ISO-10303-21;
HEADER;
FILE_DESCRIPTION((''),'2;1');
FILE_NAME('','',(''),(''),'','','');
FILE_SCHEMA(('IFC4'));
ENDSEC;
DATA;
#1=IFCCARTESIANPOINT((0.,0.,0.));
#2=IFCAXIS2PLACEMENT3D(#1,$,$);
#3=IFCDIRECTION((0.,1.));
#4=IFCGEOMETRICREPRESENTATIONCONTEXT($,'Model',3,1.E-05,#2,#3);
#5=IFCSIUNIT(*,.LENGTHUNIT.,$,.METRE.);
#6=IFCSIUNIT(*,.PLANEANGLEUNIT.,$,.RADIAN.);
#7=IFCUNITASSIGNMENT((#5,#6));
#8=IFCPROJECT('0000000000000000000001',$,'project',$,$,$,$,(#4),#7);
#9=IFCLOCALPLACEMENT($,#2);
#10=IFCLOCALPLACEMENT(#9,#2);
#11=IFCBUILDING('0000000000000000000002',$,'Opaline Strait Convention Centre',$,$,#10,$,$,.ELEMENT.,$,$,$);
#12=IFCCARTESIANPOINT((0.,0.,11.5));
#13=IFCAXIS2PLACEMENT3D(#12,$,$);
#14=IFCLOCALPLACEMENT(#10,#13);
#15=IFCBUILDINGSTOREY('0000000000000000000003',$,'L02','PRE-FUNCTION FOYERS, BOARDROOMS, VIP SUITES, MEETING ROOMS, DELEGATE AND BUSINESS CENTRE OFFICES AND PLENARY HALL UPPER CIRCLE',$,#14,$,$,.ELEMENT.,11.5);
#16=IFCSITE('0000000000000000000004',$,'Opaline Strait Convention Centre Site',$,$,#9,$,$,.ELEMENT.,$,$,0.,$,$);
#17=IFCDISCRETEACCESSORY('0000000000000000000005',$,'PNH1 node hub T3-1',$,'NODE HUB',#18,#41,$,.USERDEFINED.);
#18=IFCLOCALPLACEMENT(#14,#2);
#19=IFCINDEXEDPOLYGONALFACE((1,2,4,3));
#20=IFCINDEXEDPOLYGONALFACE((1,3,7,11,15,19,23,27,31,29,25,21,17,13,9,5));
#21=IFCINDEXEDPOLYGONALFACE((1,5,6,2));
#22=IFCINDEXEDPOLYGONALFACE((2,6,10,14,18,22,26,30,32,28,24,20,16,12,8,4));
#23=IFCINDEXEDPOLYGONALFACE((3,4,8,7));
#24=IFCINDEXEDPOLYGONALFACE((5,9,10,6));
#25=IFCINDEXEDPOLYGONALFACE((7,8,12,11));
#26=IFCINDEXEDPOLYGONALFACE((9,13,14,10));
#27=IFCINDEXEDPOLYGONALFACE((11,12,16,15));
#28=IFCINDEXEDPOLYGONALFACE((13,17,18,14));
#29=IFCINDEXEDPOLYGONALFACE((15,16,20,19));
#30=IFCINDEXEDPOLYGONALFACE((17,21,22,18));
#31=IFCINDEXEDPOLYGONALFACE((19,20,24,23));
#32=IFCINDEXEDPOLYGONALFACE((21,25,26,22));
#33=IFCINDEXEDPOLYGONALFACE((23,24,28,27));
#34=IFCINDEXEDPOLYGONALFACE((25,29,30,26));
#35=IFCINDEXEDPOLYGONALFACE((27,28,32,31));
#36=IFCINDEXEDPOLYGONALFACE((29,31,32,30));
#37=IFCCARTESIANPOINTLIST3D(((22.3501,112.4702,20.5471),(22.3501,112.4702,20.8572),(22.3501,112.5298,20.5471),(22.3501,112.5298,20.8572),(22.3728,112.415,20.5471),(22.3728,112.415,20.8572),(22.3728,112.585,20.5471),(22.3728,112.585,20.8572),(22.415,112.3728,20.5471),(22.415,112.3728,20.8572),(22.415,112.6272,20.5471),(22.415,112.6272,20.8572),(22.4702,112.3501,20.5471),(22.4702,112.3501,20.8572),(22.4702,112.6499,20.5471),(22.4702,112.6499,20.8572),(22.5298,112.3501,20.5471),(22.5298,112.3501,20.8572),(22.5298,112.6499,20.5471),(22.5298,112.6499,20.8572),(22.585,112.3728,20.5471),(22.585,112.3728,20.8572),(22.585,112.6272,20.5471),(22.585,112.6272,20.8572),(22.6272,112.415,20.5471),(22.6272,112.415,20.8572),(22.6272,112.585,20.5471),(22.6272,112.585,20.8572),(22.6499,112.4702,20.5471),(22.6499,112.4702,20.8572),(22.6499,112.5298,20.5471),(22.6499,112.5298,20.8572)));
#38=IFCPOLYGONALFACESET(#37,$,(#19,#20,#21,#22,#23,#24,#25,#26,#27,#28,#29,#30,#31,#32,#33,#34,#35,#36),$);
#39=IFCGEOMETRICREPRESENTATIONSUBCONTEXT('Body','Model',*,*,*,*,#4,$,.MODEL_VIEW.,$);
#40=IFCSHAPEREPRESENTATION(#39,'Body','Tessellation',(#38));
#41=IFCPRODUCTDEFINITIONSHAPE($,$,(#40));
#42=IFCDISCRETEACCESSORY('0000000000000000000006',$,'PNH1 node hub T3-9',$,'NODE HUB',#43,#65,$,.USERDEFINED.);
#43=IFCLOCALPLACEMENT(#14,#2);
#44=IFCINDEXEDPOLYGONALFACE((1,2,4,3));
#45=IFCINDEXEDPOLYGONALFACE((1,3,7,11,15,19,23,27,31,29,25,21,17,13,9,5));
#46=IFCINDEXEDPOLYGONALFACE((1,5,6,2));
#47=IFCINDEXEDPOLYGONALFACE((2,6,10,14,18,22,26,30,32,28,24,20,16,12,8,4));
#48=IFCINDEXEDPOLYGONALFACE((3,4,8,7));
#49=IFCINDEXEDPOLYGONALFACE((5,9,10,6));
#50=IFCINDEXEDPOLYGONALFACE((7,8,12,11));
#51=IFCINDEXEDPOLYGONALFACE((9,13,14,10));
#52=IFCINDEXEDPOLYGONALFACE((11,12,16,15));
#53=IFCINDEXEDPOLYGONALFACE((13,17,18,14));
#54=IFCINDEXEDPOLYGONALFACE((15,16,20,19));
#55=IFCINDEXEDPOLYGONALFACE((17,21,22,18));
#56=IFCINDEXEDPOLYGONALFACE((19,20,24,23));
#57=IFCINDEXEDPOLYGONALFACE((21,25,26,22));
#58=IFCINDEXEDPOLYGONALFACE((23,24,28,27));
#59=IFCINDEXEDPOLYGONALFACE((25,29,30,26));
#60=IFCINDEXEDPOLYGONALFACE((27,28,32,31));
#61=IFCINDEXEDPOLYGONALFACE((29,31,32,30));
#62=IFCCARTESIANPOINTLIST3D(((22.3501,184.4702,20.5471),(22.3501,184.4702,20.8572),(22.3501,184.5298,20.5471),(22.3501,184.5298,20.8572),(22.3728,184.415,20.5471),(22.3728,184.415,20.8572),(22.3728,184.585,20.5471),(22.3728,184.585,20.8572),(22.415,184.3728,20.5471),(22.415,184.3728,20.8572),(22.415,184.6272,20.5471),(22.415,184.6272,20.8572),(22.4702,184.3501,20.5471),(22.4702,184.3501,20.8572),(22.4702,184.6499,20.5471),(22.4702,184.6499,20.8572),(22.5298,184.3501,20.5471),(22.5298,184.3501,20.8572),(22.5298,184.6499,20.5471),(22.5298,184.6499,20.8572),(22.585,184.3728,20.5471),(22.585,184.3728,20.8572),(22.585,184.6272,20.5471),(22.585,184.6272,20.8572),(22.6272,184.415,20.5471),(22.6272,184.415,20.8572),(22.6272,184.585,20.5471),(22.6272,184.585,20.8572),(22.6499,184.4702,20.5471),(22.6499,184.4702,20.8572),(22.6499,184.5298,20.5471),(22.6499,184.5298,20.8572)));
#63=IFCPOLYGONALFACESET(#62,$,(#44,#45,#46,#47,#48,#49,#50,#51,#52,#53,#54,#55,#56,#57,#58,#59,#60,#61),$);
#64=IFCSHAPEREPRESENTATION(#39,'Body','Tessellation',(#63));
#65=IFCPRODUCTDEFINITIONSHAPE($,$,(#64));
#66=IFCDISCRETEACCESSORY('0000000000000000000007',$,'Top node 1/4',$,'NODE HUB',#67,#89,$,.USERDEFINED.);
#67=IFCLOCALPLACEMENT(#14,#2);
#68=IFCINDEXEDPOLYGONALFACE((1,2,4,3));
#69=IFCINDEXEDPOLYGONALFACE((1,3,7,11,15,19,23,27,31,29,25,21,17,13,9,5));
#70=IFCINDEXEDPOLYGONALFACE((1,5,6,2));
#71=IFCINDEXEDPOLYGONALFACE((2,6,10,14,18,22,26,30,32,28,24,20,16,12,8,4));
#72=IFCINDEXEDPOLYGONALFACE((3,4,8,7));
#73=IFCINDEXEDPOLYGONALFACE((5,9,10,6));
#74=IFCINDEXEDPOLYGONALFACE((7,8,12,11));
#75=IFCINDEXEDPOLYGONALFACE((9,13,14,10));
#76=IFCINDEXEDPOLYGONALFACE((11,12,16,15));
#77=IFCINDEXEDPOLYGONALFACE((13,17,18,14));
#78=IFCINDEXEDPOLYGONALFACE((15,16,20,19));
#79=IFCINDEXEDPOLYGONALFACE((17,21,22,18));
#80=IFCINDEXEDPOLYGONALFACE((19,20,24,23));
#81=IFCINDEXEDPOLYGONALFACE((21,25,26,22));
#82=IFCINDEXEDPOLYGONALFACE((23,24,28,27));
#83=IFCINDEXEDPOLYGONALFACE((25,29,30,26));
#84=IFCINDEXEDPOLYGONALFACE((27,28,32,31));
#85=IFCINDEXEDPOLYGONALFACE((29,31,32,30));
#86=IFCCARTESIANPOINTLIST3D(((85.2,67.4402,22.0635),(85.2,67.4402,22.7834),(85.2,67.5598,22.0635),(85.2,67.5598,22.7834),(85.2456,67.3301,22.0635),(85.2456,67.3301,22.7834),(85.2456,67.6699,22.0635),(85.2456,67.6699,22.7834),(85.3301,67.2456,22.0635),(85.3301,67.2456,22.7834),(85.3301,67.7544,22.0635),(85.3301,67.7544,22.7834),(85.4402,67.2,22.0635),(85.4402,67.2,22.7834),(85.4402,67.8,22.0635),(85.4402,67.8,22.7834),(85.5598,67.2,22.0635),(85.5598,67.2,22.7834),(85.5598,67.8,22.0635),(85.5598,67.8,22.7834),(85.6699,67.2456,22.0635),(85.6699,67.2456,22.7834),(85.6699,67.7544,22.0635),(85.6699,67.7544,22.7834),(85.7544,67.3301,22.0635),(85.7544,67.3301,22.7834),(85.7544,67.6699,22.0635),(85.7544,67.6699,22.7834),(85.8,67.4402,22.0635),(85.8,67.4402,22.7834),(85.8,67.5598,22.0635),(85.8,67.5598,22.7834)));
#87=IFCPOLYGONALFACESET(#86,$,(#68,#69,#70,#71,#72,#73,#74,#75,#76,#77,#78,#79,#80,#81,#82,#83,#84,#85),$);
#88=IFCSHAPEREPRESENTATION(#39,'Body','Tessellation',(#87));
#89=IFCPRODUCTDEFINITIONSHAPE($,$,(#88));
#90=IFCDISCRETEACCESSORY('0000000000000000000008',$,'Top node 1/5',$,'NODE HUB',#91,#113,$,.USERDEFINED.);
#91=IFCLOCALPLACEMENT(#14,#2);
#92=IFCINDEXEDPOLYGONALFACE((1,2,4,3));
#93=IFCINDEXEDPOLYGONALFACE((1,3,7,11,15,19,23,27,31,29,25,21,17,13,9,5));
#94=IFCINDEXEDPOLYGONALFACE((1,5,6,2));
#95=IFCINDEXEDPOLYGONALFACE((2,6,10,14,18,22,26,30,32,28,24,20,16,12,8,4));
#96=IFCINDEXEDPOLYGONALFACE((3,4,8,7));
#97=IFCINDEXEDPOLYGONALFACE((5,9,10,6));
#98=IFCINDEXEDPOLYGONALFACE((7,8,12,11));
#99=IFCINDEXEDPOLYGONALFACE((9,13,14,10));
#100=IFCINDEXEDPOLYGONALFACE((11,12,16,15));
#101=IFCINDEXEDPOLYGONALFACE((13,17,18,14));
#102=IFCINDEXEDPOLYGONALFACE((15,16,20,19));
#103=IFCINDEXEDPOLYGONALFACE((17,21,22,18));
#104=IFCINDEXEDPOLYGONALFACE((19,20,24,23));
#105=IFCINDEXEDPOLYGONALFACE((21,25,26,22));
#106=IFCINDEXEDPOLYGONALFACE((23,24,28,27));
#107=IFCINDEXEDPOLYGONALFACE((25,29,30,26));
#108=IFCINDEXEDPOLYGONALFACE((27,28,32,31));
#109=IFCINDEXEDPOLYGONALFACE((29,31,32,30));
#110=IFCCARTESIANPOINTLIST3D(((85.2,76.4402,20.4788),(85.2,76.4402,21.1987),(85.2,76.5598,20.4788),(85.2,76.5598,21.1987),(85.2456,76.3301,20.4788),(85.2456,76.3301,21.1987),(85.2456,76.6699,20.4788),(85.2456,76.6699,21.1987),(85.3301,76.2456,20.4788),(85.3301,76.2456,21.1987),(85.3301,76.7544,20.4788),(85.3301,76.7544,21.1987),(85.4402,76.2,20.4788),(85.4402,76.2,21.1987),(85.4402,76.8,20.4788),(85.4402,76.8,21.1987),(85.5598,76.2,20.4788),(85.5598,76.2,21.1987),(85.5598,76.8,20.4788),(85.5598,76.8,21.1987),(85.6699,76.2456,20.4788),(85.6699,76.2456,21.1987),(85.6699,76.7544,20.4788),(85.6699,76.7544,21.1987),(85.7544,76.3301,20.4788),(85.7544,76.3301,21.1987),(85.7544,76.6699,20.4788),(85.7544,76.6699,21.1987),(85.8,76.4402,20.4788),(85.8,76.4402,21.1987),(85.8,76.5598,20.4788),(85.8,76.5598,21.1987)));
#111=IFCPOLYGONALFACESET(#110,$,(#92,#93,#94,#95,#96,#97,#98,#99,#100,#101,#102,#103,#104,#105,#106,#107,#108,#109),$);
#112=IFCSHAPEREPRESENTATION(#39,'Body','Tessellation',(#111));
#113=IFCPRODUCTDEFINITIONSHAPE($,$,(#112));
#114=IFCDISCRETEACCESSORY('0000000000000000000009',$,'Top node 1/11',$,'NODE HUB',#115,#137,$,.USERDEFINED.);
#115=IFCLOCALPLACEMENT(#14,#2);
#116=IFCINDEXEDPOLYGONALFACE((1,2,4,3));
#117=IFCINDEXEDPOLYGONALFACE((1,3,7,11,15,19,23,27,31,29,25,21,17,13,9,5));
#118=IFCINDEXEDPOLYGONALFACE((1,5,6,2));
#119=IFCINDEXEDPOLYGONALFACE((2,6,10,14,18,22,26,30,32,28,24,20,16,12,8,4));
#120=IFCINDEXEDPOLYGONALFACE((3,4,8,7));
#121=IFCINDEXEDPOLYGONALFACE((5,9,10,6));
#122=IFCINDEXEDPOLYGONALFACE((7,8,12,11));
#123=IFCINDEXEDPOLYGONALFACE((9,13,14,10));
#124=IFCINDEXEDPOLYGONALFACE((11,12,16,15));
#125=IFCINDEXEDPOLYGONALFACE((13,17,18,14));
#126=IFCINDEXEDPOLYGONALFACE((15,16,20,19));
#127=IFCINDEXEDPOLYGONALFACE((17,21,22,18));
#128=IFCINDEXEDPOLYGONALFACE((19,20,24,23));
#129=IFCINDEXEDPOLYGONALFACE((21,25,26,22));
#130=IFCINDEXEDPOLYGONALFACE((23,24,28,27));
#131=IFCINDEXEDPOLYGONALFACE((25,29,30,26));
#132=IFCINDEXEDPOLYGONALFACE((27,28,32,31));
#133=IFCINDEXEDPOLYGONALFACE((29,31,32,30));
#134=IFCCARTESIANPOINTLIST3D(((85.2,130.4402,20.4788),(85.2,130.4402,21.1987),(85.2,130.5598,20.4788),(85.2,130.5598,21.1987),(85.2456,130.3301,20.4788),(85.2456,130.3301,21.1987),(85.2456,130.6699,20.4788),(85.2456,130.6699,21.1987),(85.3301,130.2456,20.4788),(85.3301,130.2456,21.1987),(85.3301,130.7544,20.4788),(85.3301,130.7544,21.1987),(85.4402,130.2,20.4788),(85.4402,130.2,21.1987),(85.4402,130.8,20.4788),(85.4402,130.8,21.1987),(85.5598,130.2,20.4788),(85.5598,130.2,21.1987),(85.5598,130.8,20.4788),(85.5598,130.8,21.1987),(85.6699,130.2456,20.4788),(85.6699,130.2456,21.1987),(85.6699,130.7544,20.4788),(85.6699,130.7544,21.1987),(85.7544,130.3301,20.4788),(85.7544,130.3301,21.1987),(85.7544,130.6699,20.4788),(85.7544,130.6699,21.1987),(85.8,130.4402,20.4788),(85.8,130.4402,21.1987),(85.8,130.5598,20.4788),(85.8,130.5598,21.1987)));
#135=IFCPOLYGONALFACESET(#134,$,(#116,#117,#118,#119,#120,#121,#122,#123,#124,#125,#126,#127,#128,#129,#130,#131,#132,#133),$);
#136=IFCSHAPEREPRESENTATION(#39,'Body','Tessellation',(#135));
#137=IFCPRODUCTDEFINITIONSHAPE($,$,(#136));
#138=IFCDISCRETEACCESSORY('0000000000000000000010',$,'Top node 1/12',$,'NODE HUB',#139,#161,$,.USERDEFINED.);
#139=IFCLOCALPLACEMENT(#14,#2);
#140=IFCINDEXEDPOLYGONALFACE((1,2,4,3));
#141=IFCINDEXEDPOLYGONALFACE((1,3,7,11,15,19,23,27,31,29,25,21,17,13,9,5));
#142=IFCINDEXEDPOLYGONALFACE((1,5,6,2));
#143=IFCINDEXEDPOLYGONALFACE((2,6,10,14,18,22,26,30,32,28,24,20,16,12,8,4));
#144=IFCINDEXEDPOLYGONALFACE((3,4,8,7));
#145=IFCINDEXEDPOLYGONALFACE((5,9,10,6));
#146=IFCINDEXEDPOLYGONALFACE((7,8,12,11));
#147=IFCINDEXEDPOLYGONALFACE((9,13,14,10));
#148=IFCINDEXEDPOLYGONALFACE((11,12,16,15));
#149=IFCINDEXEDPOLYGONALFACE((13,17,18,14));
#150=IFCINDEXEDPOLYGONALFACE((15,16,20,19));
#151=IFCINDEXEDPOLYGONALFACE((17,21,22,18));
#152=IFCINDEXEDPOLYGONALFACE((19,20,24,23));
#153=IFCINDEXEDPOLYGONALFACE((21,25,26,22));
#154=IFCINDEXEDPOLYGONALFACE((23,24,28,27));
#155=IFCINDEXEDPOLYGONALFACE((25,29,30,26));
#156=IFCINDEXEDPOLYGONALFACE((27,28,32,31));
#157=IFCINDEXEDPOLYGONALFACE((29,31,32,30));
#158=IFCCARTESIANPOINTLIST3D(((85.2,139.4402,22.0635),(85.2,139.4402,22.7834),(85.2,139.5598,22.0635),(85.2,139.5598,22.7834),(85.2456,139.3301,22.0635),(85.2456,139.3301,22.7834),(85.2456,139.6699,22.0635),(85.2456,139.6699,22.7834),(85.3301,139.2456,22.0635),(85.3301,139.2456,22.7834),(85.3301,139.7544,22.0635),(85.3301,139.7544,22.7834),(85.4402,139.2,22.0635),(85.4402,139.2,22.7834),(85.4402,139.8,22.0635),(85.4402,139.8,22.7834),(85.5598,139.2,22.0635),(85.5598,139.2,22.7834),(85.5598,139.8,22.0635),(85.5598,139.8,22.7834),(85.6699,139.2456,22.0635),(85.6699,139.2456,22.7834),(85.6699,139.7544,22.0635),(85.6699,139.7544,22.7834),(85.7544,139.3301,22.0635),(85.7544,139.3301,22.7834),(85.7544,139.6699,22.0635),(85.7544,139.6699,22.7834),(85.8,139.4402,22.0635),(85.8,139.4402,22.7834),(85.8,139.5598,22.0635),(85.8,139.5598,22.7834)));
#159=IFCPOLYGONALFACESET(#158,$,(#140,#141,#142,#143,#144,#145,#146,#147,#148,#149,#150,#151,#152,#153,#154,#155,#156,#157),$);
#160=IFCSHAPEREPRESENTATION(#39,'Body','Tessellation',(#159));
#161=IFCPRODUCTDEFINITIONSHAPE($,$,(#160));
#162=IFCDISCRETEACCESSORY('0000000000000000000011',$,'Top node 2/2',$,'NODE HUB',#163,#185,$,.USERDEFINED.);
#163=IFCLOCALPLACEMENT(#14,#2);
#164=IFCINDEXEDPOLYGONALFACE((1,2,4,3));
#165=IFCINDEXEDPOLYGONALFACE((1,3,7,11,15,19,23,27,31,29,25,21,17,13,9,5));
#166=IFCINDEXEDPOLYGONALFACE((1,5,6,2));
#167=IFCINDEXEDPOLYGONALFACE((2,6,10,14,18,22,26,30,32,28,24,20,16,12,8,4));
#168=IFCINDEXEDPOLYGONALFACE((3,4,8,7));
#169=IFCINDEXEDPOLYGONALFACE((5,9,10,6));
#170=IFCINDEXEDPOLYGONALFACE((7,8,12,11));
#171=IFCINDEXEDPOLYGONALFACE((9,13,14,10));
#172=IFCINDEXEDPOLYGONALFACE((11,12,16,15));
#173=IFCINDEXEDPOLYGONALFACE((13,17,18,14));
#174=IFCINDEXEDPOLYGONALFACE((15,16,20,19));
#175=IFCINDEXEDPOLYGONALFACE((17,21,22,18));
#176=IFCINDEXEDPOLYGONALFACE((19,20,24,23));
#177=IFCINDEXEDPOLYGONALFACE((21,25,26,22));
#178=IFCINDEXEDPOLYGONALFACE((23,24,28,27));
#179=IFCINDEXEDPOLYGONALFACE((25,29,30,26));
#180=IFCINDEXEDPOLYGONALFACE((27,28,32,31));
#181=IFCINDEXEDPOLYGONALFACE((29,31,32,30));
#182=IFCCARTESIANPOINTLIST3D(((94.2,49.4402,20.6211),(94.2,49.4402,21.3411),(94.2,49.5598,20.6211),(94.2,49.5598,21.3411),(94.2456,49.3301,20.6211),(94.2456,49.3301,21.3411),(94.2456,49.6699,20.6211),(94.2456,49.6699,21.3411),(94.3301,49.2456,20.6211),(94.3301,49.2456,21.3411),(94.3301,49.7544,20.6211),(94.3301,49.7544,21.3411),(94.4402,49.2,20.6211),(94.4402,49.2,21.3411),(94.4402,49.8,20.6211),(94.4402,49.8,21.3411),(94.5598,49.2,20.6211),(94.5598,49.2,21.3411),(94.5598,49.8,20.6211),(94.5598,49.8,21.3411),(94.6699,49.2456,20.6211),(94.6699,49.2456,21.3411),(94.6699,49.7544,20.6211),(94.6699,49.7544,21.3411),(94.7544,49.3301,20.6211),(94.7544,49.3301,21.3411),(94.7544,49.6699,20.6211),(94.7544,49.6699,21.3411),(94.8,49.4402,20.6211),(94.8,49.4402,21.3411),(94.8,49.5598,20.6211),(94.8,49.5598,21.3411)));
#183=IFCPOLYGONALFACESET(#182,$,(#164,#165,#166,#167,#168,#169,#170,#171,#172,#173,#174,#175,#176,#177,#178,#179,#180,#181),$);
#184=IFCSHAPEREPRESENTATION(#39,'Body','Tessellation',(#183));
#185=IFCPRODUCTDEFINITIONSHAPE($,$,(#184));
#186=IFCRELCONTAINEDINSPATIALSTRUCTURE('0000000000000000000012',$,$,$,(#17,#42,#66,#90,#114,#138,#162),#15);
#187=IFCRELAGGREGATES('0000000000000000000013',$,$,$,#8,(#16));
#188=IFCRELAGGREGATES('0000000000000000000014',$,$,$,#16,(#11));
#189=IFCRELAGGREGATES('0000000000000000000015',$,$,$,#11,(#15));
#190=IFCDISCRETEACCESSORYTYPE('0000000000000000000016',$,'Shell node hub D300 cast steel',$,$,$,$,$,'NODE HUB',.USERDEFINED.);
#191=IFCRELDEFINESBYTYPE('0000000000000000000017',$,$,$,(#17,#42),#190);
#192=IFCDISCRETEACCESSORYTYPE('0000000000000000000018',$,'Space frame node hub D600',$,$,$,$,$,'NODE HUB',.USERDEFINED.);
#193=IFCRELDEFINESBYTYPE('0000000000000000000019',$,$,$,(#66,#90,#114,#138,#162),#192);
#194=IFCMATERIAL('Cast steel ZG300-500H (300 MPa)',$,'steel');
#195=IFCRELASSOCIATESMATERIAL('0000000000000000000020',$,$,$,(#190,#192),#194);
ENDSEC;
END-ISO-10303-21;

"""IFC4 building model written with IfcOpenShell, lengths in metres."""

from ifc_helpers import new_model, si_unit, direction, frame, origin, place, context, subcontext, project, spatial, polyline, outline, extrude, material, type_object, element, save


model = new_model("IFC4")

# Units and contexts
model_context = context("Model", 3, precision=1e-05, world=origin(), true_north=direction((0.0, 1.0)))
body_context = subcontext(model_context, "Body", "Model", "MODEL_VIEW")
ifc_project = project(units=[si_unit("LENGTHUNIT", "METRE"), si_unit("PLANEANGLEUNIT", "RADIAN")], contexts=[model_context])

# Site, building, storey
site_placement = place(None, origin())
site = spatial("IfcSite", under=ifc_project, at=site_placement, Name="Opaline Strait Convention Centre Site", CompositionType="ELEMENT", RefElevation=0.0)
building_placement = place(site_placement, origin())
building = spatial("IfcBuilding", under=site, at=building_placement, Name="Opaline Strait Convention Centre", CompositionType="ELEMENT")
storey_placement = place(building_placement, frame((0.0, 0.0, 11.5)))
storey = spatial("IfcBuildingStorey", under=building, at=storey_placement, Name="L02", Description="PRE-FUNCTION FOYERS, BOARDROOMS, VIP SUITES, MEETING ROOMS, DELEGATE AND BUSINESS CENTRE OFFICES AND PLENARY HALL UPPER CIRCLE", CompositionType="ELEMENT", Elevation=11.5)

# Discrete accessories
ifc_material = material(Name="Cast steel ZG300-500H (300 MPa)", Category="steel")
discrete_accessory_type_1 = type_object("IfcDiscreteAccessoryType", Name="Shell node hub D300 cast steel", ElementType="NODE HUB", PredefinedType="USERDEFINED", material=ifc_material)
discrete_accessory_1_placement = place(storey_placement, frame((0.0, 0.0, 20.5471)))
element("IfcDiscreteAccessory", 1, at=discrete_accessory_1_placement, inside=storey, type_object=discrete_accessory_type_1, Name="PNH1 node hub T3-1", ObjectType="NODE HUB", PredefinedType="USERDEFINED", context=body_context, shape_type="SweptSolid", body=[
    extrude(outline(polyline([(22.6499, 112.5298), (22.6272, 112.585), (22.585, 112.6272), (22.5298, 112.6499), (22.4702, 112.6499), (22.415, 112.6272), (22.3728, 112.585), (22.3501, 112.5298), (22.3501, 112.4702), (22.3728, 112.415), (22.415, 112.3728), (22.4702, 112.3501), (22.5298, 112.3501), (22.585, 112.3728), (22.6272, 112.415), (22.6499, 112.4702), (22.6499, 112.5298)])), origin(), (0.0, 0.0, 1.0), 0.3101),
])
discrete_accessory_2_placement = place(storey_placement, frame((0.0, 0.0, 20.5471)))
element("IfcDiscreteAccessory", 2, at=discrete_accessory_2_placement, inside=storey, type_object=discrete_accessory_type_1, Name="PNH1 node hub T3-9", ObjectType="NODE HUB", PredefinedType="USERDEFINED", context=body_context, shape_type="SweptSolid", body=[
    extrude(outline(polyline([(22.6499, 184.5298), (22.6272, 184.585), (22.585, 184.6272), (22.5298, 184.6499), (22.4702, 184.6499), (22.415, 184.6272), (22.3728, 184.585), (22.3501, 184.5298), (22.3501, 184.4702), (22.3728, 184.415), (22.415, 184.3728), (22.4702, 184.3501), (22.5298, 184.3501), (22.585, 184.3728), (22.6272, 184.415), (22.6499, 184.4702), (22.6499, 184.5298)])), origin(), (0.0, 0.0, 1.0), 0.3101),
])
discrete_accessory_type_2 = type_object("IfcDiscreteAccessoryType", Name="Space frame node hub D600", ElementType="NODE HUB", PredefinedType="USERDEFINED", material=ifc_material)
discrete_accessory_3_placement = place(storey_placement, frame((0.0, 0.0, 22.0635)))
element("IfcDiscreteAccessory", 3, at=discrete_accessory_3_placement, inside=storey, type_object=discrete_accessory_type_2, Name="Top node 1/4", ObjectType="NODE HUB", PredefinedType="USERDEFINED", context=body_context, shape_type="SweptSolid", body=[
    extrude(outline(polyline([(85.8, 67.5598), (85.7544, 67.6699), (85.6699, 67.7544), (85.5598, 67.8), (85.4402, 67.8), (85.3301, 67.7544), (85.2456, 67.6699), (85.2, 67.5598), (85.2, 67.4402), (85.2456, 67.3301), (85.3301, 67.2456), (85.4402, 67.2), (85.5598, 67.2), (85.6699, 67.2456), (85.7544, 67.3301), (85.8, 67.4402), (85.8, 67.5598)])), origin(), (0.0, 0.0, 1.0), 0.72),
])
discrete_accessory_4_placement = place(storey_placement, frame((0.0, 0.0, 20.4788)))
element("IfcDiscreteAccessory", 4, at=discrete_accessory_4_placement, inside=storey, type_object=discrete_accessory_type_2, Name="Top node 1/5", ObjectType="NODE HUB", PredefinedType="USERDEFINED", context=body_context, shape_type="SweptSolid", body=[
    extrude(outline(polyline([(85.8, 76.5598), (85.7544, 76.6699), (85.6699, 76.7544), (85.5598, 76.8), (85.4402, 76.8), (85.3301, 76.7544), (85.2456, 76.6699), (85.2, 76.5598), (85.2, 76.4402), (85.2456, 76.3301), (85.3301, 76.2456), (85.4402, 76.2), (85.5598, 76.2), (85.6699, 76.2456), (85.7544, 76.3301), (85.8, 76.4402), (85.8, 76.5598)])), origin(), (0.0, 0.0, 1.0), 0.72),
])
discrete_accessory_5_placement = place(storey_placement, frame((0.0, 0.0, 20.4788)))
element("IfcDiscreteAccessory", 5, at=discrete_accessory_5_placement, inside=storey, type_object=discrete_accessory_type_2, Name="Top node 1/11", ObjectType="NODE HUB", PredefinedType="USERDEFINED", context=body_context, shape_type="SweptSolid", body=[
    extrude(outline(polyline([(85.8, 130.5598), (85.7544, 130.6699), (85.6699, 130.7544), (85.5598, 130.8), (85.4402, 130.8), (85.3301, 130.7544), (85.2456, 130.6699), (85.2, 130.5598), (85.2, 130.4402), (85.2456, 130.3301), (85.3301, 130.2456), (85.4402, 130.2), (85.5598, 130.2), (85.6699, 130.2456), (85.7544, 130.3301), (85.8, 130.4402), (85.8, 130.5598)])), origin(), (0.0, 0.0, 1.0), 0.72),
])
discrete_accessory_6_placement = place(storey_placement, frame((0.0, 0.0, 22.0635)))
element("IfcDiscreteAccessory", 6, at=discrete_accessory_6_placement, inside=storey, type_object=discrete_accessory_type_2, Name="Top node 1/12", ObjectType="NODE HUB", PredefinedType="USERDEFINED", context=body_context, shape_type="SweptSolid", body=[
    extrude(outline(polyline([(85.8, 139.5598), (85.7544, 139.6699), (85.6699, 139.7544), (85.5598, 139.8), (85.4402, 139.8), (85.3301, 139.7544), (85.2456, 139.6699), (85.2, 139.5598), (85.2, 139.4402), (85.2456, 139.3301), (85.3301, 139.2456), (85.4402, 139.2), (85.5598, 139.2), (85.6699, 139.2456), (85.7544, 139.3301), (85.8, 139.4402), (85.8, 139.5598)])), origin(), (0.0, 0.0, 1.0), 0.72),
])
discrete_accessory_7_placement = place(storey_placement, frame((0.0, 0.0, 20.6211)))
element("IfcDiscreteAccessory", 7, at=discrete_accessory_7_placement, inside=storey, type_object=discrete_accessory_type_2, Name="Top node 2/2", ObjectType="NODE HUB", PredefinedType="USERDEFINED", context=body_context, shape_type="SweptSolid", body=[
    extrude(outline(polyline([(94.8, 49.5598), (94.7544, 49.6699), (94.6699, 49.7544), (94.5598, 49.8), (94.4402, 49.8), (94.3301, 49.7544), (94.2456, 49.6699), (94.2, 49.5598), (94.2, 49.4402), (94.2456, 49.3301), (94.3301, 49.2456), (94.4402, 49.2), (94.5598, 49.2), (94.6699, 49.2456), (94.7544, 49.3301), (94.8, 49.4402), (94.8, 49.5598)])), origin(), (0.0, 0.0, 1.0), 0.72),
])

save(model, "model.ifc")
